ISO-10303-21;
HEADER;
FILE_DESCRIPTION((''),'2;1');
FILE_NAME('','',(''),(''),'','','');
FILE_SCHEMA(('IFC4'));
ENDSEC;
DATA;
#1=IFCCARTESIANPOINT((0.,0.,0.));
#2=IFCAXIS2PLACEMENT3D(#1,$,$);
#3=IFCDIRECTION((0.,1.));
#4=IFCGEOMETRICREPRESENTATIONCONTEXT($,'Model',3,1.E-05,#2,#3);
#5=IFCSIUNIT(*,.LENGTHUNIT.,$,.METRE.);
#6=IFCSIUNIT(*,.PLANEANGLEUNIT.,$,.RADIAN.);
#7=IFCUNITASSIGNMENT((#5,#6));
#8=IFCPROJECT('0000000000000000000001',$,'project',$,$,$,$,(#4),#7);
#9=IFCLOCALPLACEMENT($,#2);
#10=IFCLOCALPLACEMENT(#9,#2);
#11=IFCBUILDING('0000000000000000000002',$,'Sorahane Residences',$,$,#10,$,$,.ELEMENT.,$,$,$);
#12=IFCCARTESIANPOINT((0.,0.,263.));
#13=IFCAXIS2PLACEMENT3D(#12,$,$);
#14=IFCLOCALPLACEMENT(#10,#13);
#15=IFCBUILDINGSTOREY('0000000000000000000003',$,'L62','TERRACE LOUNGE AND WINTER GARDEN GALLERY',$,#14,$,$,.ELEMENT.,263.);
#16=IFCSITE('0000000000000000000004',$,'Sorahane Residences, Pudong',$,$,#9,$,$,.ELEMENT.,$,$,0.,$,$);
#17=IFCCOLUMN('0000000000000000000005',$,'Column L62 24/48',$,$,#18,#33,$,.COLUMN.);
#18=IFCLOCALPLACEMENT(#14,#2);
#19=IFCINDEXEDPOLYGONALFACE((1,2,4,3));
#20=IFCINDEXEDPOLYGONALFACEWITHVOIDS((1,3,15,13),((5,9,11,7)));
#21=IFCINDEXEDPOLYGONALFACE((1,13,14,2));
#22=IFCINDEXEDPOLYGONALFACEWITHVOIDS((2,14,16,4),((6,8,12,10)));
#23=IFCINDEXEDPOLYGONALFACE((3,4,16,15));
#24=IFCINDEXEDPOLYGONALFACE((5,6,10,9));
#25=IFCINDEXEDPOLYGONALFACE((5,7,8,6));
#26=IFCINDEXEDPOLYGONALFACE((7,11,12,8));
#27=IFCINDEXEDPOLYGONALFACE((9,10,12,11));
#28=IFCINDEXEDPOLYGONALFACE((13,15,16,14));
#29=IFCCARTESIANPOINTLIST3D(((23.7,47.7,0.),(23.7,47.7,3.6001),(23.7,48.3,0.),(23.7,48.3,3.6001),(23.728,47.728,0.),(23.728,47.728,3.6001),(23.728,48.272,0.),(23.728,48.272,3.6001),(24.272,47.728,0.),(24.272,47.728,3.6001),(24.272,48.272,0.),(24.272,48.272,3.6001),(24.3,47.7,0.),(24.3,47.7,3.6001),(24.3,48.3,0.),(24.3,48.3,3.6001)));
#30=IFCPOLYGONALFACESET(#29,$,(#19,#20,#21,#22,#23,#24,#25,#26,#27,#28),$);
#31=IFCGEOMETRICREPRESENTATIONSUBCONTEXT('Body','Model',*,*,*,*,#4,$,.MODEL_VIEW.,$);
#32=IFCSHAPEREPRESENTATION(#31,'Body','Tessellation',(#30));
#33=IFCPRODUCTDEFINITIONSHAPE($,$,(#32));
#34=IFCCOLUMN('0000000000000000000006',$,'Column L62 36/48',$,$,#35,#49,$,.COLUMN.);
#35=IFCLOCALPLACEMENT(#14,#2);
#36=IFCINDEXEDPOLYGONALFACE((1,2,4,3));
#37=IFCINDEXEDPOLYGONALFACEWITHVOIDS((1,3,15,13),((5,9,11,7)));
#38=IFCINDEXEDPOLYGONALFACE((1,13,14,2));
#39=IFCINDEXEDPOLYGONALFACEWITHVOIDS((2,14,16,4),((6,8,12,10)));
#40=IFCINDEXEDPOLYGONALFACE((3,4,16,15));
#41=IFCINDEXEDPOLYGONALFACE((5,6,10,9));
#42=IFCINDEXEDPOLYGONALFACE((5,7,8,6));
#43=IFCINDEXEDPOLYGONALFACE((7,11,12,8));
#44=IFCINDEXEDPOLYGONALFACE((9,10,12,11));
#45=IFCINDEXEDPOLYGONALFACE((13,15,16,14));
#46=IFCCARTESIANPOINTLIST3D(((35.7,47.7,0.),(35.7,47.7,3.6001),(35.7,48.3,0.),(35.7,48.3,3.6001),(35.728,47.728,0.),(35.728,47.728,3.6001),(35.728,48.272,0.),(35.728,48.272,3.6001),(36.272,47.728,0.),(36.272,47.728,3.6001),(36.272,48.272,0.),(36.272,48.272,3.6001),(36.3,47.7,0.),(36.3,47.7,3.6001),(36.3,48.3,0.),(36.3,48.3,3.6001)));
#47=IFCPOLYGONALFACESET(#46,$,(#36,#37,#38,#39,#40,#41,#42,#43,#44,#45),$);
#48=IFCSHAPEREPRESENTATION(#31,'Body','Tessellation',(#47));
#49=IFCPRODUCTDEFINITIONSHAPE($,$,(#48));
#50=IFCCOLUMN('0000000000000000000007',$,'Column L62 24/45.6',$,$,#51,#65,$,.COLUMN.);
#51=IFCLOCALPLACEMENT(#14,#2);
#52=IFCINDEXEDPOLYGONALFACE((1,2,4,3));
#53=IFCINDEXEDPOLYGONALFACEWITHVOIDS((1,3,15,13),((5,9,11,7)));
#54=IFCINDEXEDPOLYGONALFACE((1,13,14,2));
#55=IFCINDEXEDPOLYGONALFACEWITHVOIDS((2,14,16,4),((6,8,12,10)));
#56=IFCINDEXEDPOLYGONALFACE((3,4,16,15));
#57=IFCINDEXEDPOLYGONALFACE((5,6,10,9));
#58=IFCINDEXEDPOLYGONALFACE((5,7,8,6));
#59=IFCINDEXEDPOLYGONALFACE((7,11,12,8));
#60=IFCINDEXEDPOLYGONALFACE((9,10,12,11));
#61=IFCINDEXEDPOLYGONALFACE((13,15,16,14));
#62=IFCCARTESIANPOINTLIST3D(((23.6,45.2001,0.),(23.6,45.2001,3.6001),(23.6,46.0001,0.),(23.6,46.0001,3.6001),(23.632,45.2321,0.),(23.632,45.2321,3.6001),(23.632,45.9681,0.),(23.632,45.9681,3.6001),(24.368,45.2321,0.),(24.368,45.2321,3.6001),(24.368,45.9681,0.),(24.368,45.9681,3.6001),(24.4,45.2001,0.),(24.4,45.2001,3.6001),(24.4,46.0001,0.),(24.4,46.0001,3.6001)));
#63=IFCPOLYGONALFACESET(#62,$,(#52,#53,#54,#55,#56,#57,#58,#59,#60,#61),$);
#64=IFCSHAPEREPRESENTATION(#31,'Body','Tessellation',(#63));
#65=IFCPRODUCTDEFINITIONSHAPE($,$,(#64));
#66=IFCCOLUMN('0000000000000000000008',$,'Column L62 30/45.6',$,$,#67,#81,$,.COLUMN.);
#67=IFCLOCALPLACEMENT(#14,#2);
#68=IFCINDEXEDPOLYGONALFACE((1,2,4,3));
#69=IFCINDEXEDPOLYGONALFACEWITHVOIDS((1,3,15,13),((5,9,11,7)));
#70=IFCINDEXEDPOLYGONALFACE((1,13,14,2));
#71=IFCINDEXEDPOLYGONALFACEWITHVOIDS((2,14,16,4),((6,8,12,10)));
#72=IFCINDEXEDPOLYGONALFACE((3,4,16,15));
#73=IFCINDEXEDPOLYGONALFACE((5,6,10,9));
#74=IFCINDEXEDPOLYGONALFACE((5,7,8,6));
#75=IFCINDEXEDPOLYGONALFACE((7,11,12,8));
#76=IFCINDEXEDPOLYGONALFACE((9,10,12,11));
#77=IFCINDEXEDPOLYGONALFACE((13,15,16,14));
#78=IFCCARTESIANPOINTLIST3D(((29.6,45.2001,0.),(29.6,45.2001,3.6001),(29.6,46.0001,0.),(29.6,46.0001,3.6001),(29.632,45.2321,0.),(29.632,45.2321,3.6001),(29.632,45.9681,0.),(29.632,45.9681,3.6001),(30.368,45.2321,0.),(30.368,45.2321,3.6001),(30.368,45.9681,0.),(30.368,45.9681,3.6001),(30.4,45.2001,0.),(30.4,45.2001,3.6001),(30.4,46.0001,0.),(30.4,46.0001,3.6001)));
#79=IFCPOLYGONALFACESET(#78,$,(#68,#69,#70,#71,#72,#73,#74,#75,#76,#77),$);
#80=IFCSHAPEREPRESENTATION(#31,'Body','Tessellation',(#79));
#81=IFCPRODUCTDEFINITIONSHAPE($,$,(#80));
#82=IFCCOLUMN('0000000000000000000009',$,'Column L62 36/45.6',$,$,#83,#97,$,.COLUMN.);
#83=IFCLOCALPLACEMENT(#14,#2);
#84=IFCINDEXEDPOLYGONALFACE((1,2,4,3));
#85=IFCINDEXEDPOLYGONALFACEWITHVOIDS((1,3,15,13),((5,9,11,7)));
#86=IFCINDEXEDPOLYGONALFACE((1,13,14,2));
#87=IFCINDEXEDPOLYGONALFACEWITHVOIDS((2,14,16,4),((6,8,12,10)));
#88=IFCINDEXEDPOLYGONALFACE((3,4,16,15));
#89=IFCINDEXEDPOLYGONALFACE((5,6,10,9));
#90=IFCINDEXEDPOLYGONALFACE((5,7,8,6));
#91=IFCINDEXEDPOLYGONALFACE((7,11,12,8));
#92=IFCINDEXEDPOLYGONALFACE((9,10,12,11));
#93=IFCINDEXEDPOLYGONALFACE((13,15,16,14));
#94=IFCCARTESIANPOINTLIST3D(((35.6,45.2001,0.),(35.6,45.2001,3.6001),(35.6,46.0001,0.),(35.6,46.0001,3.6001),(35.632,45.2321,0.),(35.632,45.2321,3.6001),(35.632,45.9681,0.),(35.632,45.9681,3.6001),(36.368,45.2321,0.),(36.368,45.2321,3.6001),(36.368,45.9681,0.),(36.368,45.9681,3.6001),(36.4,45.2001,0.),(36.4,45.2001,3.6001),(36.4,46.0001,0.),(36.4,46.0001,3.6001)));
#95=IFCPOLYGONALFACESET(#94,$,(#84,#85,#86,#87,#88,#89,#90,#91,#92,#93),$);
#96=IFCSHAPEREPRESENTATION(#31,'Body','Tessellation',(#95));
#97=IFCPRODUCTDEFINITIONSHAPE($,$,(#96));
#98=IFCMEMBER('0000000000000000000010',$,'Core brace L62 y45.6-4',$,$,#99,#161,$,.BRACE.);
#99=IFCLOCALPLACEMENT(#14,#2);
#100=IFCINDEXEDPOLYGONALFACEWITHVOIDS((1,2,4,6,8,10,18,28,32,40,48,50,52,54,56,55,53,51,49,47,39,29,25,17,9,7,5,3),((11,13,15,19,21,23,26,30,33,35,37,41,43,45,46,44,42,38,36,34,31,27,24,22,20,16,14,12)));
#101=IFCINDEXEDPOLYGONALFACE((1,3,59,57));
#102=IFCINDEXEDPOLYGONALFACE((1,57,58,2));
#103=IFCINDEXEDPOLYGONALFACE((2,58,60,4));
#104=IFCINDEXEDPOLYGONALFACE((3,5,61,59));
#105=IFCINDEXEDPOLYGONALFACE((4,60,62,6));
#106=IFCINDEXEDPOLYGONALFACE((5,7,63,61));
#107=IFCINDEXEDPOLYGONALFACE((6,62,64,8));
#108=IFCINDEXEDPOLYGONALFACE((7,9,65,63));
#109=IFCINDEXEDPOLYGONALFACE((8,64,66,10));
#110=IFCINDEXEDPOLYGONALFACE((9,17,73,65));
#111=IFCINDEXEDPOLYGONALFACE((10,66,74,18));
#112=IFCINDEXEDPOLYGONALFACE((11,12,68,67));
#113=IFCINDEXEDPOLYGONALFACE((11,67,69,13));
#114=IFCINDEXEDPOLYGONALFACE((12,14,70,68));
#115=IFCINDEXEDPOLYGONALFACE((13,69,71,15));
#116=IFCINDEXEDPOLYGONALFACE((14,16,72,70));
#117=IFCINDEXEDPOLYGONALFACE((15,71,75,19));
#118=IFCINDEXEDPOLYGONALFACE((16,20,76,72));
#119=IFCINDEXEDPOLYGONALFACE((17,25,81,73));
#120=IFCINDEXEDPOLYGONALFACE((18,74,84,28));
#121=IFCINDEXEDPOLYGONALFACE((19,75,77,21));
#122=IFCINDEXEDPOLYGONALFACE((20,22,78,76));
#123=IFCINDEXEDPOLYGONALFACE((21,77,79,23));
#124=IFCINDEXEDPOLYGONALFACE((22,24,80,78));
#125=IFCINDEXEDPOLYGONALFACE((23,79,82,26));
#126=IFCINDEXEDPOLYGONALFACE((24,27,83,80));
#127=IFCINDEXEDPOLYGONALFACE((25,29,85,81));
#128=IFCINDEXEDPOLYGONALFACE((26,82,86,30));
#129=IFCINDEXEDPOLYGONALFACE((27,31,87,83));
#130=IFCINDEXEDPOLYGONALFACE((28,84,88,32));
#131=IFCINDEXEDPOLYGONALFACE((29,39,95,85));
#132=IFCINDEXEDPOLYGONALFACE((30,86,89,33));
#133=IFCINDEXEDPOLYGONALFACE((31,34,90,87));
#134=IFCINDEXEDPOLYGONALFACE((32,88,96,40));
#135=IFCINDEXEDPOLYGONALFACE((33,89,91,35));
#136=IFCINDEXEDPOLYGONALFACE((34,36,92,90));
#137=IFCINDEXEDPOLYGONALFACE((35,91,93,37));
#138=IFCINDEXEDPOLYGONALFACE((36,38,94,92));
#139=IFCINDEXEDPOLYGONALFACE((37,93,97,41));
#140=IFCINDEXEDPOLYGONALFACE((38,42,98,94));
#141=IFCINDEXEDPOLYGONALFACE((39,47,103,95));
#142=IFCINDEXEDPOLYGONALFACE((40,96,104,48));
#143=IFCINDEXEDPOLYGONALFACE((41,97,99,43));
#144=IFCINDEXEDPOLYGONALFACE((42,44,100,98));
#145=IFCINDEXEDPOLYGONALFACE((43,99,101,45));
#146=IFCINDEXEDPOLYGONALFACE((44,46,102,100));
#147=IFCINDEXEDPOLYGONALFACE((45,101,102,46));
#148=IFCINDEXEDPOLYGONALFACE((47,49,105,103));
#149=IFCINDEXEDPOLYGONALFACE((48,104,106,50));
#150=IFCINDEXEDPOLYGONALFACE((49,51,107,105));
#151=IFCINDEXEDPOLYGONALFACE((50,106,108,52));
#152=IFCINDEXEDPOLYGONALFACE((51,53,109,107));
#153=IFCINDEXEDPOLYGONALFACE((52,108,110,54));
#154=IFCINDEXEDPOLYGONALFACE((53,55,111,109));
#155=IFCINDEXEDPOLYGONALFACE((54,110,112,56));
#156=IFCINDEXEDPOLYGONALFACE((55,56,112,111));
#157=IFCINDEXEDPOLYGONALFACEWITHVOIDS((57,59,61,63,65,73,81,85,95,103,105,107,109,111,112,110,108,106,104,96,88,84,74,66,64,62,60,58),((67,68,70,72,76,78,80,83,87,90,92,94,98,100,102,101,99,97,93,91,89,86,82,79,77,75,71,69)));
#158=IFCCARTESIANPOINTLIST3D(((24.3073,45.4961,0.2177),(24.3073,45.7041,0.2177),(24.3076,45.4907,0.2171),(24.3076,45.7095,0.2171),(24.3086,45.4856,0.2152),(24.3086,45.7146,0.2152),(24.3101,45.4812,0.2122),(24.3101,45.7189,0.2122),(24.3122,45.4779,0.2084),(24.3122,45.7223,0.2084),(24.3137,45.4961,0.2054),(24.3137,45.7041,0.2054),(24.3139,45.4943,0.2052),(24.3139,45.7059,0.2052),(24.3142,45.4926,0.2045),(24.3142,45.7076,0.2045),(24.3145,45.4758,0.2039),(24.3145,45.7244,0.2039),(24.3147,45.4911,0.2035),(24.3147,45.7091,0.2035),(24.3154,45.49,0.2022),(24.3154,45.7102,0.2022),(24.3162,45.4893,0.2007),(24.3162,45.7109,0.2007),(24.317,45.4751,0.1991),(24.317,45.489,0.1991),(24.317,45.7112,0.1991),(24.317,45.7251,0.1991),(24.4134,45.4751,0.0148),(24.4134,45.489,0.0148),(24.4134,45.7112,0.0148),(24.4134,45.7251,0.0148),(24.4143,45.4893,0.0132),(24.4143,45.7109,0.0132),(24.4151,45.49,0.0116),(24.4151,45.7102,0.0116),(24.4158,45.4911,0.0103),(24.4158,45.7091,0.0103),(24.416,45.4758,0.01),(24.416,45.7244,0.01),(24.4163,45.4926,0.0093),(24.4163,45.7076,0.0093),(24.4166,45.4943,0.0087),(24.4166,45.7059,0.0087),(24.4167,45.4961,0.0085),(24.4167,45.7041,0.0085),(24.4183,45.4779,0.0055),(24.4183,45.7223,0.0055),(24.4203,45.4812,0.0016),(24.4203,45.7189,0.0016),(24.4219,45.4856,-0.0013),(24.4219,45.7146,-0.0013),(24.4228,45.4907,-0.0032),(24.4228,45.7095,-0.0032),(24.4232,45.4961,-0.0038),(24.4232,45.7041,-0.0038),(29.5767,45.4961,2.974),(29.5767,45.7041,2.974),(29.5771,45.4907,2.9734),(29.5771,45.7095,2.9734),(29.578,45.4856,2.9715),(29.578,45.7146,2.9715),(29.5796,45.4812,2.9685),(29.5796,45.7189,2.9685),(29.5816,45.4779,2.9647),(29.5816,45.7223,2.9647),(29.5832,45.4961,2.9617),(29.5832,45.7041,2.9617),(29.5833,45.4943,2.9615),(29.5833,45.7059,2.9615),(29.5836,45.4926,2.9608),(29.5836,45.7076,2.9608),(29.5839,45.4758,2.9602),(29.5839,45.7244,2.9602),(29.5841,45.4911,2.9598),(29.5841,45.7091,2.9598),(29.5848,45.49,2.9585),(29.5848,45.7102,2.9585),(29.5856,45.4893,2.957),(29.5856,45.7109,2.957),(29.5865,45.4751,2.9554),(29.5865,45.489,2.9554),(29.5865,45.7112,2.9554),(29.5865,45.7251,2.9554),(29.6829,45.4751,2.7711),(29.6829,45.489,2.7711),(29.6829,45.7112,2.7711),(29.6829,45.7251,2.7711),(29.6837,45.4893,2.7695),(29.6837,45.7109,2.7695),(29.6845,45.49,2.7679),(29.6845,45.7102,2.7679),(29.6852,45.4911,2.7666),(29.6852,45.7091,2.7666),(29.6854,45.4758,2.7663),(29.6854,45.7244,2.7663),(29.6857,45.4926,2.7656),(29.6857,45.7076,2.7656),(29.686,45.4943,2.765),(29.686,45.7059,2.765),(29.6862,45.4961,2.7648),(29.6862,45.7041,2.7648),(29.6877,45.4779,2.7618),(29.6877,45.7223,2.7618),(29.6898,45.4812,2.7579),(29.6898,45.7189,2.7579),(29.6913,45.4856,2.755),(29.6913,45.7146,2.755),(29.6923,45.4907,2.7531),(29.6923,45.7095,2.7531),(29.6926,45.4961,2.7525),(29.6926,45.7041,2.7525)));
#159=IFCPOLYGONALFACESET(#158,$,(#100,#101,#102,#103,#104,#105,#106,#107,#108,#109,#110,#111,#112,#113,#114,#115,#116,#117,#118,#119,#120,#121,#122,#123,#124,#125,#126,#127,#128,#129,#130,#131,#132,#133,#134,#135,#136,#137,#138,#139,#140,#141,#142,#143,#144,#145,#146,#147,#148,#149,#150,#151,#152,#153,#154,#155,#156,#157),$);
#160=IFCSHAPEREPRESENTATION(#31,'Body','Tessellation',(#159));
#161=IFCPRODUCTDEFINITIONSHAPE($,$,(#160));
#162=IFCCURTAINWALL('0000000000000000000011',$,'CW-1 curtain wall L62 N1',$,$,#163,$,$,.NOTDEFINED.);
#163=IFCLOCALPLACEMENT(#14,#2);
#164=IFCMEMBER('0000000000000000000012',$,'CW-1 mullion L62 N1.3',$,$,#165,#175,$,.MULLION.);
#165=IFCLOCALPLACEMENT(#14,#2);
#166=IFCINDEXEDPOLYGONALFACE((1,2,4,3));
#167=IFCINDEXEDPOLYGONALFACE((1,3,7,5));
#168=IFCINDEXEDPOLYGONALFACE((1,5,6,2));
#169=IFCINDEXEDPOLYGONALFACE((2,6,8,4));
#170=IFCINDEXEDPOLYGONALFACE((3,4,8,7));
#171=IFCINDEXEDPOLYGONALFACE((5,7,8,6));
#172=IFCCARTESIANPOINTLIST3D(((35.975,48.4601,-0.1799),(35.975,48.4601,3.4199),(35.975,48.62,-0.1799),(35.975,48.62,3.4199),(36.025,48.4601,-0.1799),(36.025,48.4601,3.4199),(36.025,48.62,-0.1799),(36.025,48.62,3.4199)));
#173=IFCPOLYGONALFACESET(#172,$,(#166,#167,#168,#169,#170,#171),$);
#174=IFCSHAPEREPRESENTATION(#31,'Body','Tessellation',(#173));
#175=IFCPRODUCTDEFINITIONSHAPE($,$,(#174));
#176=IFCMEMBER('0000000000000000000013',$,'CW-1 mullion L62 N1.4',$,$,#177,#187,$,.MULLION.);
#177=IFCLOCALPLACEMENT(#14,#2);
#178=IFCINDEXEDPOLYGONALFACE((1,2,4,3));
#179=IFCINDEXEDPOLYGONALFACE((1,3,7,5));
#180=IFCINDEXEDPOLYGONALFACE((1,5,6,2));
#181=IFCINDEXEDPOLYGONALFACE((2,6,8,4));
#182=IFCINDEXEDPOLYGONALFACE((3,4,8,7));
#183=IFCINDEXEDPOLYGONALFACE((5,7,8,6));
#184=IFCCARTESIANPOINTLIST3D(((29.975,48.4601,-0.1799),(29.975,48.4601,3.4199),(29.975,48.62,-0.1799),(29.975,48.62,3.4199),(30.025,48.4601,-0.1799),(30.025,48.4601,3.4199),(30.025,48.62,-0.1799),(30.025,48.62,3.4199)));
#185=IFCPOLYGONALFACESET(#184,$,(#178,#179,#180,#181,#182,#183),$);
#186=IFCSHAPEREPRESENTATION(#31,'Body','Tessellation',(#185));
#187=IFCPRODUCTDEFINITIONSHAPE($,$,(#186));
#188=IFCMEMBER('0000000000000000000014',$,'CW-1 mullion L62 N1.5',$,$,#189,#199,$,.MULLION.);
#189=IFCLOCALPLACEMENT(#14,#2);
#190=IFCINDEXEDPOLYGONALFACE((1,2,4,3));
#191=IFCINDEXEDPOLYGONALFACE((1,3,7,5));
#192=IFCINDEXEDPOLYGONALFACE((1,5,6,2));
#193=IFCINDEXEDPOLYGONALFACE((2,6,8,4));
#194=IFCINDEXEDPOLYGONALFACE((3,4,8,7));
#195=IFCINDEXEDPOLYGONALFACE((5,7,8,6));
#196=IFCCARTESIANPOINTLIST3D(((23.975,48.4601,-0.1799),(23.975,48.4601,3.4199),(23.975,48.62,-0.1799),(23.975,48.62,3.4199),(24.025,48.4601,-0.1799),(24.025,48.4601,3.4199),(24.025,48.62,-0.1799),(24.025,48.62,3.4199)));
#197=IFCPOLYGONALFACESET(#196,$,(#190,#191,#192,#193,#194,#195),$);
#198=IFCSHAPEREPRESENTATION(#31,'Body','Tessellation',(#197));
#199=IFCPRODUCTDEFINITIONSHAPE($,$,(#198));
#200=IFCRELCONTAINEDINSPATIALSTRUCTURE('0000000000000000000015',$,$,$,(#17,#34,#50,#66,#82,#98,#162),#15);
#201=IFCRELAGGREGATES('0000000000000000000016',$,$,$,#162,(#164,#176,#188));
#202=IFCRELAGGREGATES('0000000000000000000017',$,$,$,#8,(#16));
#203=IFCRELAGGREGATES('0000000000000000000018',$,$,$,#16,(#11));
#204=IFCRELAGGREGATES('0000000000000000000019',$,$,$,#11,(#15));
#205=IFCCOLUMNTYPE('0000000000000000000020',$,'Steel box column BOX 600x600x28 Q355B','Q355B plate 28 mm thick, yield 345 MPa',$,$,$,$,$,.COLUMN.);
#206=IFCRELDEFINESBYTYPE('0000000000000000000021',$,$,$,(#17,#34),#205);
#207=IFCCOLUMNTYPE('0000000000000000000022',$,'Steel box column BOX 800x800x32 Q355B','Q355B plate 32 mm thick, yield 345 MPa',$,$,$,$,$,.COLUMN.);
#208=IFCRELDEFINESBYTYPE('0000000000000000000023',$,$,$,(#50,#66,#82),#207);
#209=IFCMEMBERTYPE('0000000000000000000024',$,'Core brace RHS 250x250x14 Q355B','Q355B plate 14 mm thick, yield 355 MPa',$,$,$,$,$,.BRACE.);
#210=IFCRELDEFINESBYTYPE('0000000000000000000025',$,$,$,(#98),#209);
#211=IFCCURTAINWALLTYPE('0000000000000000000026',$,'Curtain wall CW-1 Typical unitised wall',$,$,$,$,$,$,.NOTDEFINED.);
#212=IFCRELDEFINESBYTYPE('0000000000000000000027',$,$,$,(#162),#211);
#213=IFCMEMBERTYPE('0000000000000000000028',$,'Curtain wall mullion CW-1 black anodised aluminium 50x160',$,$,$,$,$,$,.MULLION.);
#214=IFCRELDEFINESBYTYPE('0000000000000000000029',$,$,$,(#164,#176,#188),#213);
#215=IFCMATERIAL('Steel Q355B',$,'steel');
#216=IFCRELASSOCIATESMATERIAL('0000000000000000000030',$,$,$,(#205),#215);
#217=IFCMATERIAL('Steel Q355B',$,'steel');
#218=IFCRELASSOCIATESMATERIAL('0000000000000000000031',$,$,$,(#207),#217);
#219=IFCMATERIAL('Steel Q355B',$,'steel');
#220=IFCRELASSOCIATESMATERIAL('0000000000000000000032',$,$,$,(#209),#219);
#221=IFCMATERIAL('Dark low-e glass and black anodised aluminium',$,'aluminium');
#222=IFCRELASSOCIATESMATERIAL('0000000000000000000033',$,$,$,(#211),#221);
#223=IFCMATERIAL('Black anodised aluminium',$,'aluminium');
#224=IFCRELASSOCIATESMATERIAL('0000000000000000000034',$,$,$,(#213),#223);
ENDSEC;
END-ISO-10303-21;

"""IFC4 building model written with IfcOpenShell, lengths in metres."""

from ifc_helpers import new_model, si_unit, direction, frame, origin, origin_2d, place, context, subcontext, project, spatial, rectangle, hollow_rectangle, extrude, material, material_profile, profile_set, type_object, element, aggregate, save


model = new_model("IFC4")

# Units and contexts
model_context = context("Model", 3, precision=1e-05, world=origin(), true_north=direction((0.0, 1.0)))
body_context = subcontext(model_context, "Body", "Model", "MODEL_VIEW")
ifc_project = project(units=[si_unit("LENGTHUNIT", "METRE"), si_unit("PLANEANGLEUNIT", "RADIAN")], contexts=[model_context])

# Site, building, storey
site_placement = place(None, origin())
site = spatial("IfcSite", under=ifc_project, at=site_placement, Name="Sorahane Residences, Pudong", CompositionType="ELEMENT", RefElevation=0.0)
building_placement = place(site_placement, origin())
building = spatial("IfcBuilding", under=site, at=building_placement, Name="Sorahane Residences", CompositionType="ELEMENT")
storey_placement = place(building_placement, frame((0.0, 0.0, 263.0)))
storey = spatial("IfcBuildingStorey", under=building, at=storey_placement, Name="L62", Description="TERRACE LOUNGE AND WINTER GARDEN GALLERY", CompositionType="ELEMENT", Elevation=263.0)

# Columns
ifc_material_1 = material(Name="Steel Q355B", Category="steel")
ifc_material_profile_1 = material_profile(ifc_material_1, hollow_rectangle(XDim=0.6001, YDim=0.6001, WallThickness=0.0281, at=origin_2d()), Name="BOX 600x600x28")
ifc_profile_set_1 = profile_set([ifc_material_profile_1], Name="Steel Q355B")
column_type_1 = type_object("IfcColumnType", Name="Steel box column BOX 600x600x28 Q355B", Description="Q355B plate 28 mm thick, yield 345 MPa", PredefinedType="COLUMN", material=ifc_profile_set_1)
for number, where, z_axis, x_axis, name in (
    (1, (24.0, 48.0, 0.0), (0.0, 0.0, 1.0), (1.0, 0.0, 0.0), "Column L62 24/48"),
    (2, (36.0, 48.0, 0.0), (0.0, 0.0, 1.0), (1.0, 0.0, 0.0), "Column L62 36/48"),
):
    element("IfcColumn", number, at=place(storey_placement, frame(where, z_axis=z_axis, x_axis=x_axis)), inside=storey, type_object=column_type_1, Name=name, PredefinedType="COLUMN", context=body_context, shape_type="SweptSolid", body=[
        extrude(hollow_rectangle(XDim=0.6001, YDim=0.6001, WallThickness=0.0281, at=origin_2d()), origin(), (0.0, 0.0, 1.0), 3.6001),
    ])
ifc_material_2 = material(Name="Steel Q355B", Category="steel")
ifc_material_profile_2 = material_profile(ifc_material_2, hollow_rectangle(XDim=0.8, YDim=0.8, WallThickness=0.032, at=origin_2d()), Name="BOX 800x800x32")
ifc_profile_set_2 = profile_set([ifc_material_profile_2], Name="Steel Q355B")
column_type_2 = type_object("IfcColumnType", Name="Steel box column BOX 800x800x32 Q355B", Description="Q355B plate 32 mm thick, yield 345 MPa", PredefinedType="COLUMN", material=ifc_profile_set_2)
for number, where, z_axis, x_axis, name in (
    (3, (24.0, 45.6001, 0.0), (0.0, 0.0, 1.0), (1.0, 0.0, 0.0), "Column L62 24/45.6"),
    (4, (30.0, 45.6001, 0.0), (0.0, 0.0, 1.0), (1.0, 0.0, 0.0), "Column L62 30/45.6"),
    (5, (36.0, 45.6001, 0.0), (0.0, 0.0, 1.0), (1.0, 0.0, 0.0), "Column L62 36/45.6"),
):
    element("IfcColumn", number, at=place(storey_placement, frame(where, z_axis=z_axis, x_axis=x_axis)), inside=storey, type_object=column_type_2, Name=name, PredefinedType="COLUMN", context=body_context, shape_type="SweptSolid", body=[
        extrude(hollow_rectangle(XDim=0.8, YDim=0.8, WallThickness=0.032, at=origin_2d()), origin(), (0.0, 0.0, 1.0), 3.6001),
    ])

# Member
ifc_material_3 = material(Name="Steel Q355B", Category="steel")
ifc_material_profile_3 = material_profile(ifc_material_3, hollow_rectangle(XDim=0.25, YDim=0.25, WallThickness=0.0139, InnerFilletRadius=0.0071, OuterFilletRadius=0.021, at=origin_2d()), Name="RHS 250x250x14")
ifc_profile_set_3 = profile_set([ifc_material_profile_3], Name="Steel Q355B")
member_type_1 = type_object("IfcMemberType", Name="Core brace RHS 250x250x14 Q355B", Description="Q355B plate 14 mm thick, yield 355 MPa", PredefinedType="BRACE", material=ifc_profile_set_3)
member_1_placement = place(storey_placement, frame((24.3652, 45.6001, 0.1069), z_axis=(0.8861, 0.0, 0.463495), x_axis=(0.0, 1.0, 0.0)))
element("IfcMember", 6, at=member_1_placement, inside=storey, type_object=member_type_1, Name="Core brace L62 y45.6-4", PredefinedType="BRACE", context=body_context, shape_type="SweptSolid", body=[
    extrude(hollow_rectangle(XDim=0.25, YDim=0.25, WallThickness=0.0139, InnerFilletRadius=0.0071, OuterFilletRadius=0.021, at=origin_2d()), origin(), (0.0, 0.0, 1.0), 5.9468),
])

# Curtain wall, members
ifc_material_4 = material(Name="Dark low-e glass and black anodised aluminium", Category="aluminium")
curtain_wall_type = type_object("IfcCurtainWallType", Name="Curtain wall CW-1 Typical unitised wall", PredefinedType="NOTDEFINED", material=ifc_material_4)
curtain_wall_placement = place(storey_placement, origin())
curtain_wall = element("IfcCurtainWall", 7, at=curtain_wall_placement, inside=storey, type_object=curtain_wall_type, Name="CW-1 curtain wall L62 N1", PredefinedType="NOTDEFINED")
ifc_material_5 = material(Name="Black anodised aluminium", Category="aluminium")
ifc_material_profile_4 = material_profile(ifc_material_5, rectangle(XDim=0.1599, YDim=0.05, at=origin_2d()), Name="Curtain wall mullion CW-1 black anodised aluminium 50x160")
ifc_profile_set_4 = profile_set([ifc_material_profile_4], Name="Black anodised aluminium")
member_type_2 = type_object("IfcMemberType", Name="Curtain wall mullion CW-1 black anodised aluminium 50x160", PredefinedType="MULLION", material=ifc_profile_set_4)
member_2_placement = place(storey_placement, frame((36.0, 48.54, -0.1799), z_axis=(0.0, 0.0, 1.0), x_axis=(0.0, 1.0, 0.0)))
member_2 = element("IfcMember", 8, at=member_2_placement, type_object=member_type_2, Name="CW-1 mullion L62 N1.3", PredefinedType="MULLION", context=body_context, shape_type="SweptSolid", body=[
    extrude(rectangle(XDim=0.1599, YDim=0.05, at=origin_2d()), origin(), (0.0, 0.0, 1.0), 3.5999),
])
member_3_placement = place(storey_placement, frame((30.0, 48.54, -0.1799), z_axis=(0.0, 0.0, 1.0), x_axis=(0.0, 1.0, 0.0)))
member_3 = element("IfcMember", 9, at=member_3_placement, type_object=member_type_2, Name="CW-1 mullion L62 N1.4", PredefinedType="MULLION", context=body_context, shape_type="SweptSolid", body=[
    extrude(rectangle(XDim=0.1599, YDim=0.05, at=origin_2d()), origin(), (0.0, 0.0, 1.0), 3.5999),
])
member_4_placement = place(storey_placement, frame((24.0, 48.54, -0.1799), z_axis=(0.0, 0.0, 1.0), x_axis=(0.0, 1.0, 0.0)))
member_4 = element("IfcMember", 10, at=member_4_placement, type_object=member_type_2, Name="CW-1 mullion L62 N1.5", PredefinedType="MULLION", context=body_context, shape_type="SweptSolid", body=[
    extrude(rectangle(XDim=0.1599, YDim=0.05, at=origin_2d()), origin(), (0.0, 0.0, 1.0), 3.5999),
])

aggregate(curtain_wall, [member_2, member_3, member_4])

save(model, "model.ifc")
